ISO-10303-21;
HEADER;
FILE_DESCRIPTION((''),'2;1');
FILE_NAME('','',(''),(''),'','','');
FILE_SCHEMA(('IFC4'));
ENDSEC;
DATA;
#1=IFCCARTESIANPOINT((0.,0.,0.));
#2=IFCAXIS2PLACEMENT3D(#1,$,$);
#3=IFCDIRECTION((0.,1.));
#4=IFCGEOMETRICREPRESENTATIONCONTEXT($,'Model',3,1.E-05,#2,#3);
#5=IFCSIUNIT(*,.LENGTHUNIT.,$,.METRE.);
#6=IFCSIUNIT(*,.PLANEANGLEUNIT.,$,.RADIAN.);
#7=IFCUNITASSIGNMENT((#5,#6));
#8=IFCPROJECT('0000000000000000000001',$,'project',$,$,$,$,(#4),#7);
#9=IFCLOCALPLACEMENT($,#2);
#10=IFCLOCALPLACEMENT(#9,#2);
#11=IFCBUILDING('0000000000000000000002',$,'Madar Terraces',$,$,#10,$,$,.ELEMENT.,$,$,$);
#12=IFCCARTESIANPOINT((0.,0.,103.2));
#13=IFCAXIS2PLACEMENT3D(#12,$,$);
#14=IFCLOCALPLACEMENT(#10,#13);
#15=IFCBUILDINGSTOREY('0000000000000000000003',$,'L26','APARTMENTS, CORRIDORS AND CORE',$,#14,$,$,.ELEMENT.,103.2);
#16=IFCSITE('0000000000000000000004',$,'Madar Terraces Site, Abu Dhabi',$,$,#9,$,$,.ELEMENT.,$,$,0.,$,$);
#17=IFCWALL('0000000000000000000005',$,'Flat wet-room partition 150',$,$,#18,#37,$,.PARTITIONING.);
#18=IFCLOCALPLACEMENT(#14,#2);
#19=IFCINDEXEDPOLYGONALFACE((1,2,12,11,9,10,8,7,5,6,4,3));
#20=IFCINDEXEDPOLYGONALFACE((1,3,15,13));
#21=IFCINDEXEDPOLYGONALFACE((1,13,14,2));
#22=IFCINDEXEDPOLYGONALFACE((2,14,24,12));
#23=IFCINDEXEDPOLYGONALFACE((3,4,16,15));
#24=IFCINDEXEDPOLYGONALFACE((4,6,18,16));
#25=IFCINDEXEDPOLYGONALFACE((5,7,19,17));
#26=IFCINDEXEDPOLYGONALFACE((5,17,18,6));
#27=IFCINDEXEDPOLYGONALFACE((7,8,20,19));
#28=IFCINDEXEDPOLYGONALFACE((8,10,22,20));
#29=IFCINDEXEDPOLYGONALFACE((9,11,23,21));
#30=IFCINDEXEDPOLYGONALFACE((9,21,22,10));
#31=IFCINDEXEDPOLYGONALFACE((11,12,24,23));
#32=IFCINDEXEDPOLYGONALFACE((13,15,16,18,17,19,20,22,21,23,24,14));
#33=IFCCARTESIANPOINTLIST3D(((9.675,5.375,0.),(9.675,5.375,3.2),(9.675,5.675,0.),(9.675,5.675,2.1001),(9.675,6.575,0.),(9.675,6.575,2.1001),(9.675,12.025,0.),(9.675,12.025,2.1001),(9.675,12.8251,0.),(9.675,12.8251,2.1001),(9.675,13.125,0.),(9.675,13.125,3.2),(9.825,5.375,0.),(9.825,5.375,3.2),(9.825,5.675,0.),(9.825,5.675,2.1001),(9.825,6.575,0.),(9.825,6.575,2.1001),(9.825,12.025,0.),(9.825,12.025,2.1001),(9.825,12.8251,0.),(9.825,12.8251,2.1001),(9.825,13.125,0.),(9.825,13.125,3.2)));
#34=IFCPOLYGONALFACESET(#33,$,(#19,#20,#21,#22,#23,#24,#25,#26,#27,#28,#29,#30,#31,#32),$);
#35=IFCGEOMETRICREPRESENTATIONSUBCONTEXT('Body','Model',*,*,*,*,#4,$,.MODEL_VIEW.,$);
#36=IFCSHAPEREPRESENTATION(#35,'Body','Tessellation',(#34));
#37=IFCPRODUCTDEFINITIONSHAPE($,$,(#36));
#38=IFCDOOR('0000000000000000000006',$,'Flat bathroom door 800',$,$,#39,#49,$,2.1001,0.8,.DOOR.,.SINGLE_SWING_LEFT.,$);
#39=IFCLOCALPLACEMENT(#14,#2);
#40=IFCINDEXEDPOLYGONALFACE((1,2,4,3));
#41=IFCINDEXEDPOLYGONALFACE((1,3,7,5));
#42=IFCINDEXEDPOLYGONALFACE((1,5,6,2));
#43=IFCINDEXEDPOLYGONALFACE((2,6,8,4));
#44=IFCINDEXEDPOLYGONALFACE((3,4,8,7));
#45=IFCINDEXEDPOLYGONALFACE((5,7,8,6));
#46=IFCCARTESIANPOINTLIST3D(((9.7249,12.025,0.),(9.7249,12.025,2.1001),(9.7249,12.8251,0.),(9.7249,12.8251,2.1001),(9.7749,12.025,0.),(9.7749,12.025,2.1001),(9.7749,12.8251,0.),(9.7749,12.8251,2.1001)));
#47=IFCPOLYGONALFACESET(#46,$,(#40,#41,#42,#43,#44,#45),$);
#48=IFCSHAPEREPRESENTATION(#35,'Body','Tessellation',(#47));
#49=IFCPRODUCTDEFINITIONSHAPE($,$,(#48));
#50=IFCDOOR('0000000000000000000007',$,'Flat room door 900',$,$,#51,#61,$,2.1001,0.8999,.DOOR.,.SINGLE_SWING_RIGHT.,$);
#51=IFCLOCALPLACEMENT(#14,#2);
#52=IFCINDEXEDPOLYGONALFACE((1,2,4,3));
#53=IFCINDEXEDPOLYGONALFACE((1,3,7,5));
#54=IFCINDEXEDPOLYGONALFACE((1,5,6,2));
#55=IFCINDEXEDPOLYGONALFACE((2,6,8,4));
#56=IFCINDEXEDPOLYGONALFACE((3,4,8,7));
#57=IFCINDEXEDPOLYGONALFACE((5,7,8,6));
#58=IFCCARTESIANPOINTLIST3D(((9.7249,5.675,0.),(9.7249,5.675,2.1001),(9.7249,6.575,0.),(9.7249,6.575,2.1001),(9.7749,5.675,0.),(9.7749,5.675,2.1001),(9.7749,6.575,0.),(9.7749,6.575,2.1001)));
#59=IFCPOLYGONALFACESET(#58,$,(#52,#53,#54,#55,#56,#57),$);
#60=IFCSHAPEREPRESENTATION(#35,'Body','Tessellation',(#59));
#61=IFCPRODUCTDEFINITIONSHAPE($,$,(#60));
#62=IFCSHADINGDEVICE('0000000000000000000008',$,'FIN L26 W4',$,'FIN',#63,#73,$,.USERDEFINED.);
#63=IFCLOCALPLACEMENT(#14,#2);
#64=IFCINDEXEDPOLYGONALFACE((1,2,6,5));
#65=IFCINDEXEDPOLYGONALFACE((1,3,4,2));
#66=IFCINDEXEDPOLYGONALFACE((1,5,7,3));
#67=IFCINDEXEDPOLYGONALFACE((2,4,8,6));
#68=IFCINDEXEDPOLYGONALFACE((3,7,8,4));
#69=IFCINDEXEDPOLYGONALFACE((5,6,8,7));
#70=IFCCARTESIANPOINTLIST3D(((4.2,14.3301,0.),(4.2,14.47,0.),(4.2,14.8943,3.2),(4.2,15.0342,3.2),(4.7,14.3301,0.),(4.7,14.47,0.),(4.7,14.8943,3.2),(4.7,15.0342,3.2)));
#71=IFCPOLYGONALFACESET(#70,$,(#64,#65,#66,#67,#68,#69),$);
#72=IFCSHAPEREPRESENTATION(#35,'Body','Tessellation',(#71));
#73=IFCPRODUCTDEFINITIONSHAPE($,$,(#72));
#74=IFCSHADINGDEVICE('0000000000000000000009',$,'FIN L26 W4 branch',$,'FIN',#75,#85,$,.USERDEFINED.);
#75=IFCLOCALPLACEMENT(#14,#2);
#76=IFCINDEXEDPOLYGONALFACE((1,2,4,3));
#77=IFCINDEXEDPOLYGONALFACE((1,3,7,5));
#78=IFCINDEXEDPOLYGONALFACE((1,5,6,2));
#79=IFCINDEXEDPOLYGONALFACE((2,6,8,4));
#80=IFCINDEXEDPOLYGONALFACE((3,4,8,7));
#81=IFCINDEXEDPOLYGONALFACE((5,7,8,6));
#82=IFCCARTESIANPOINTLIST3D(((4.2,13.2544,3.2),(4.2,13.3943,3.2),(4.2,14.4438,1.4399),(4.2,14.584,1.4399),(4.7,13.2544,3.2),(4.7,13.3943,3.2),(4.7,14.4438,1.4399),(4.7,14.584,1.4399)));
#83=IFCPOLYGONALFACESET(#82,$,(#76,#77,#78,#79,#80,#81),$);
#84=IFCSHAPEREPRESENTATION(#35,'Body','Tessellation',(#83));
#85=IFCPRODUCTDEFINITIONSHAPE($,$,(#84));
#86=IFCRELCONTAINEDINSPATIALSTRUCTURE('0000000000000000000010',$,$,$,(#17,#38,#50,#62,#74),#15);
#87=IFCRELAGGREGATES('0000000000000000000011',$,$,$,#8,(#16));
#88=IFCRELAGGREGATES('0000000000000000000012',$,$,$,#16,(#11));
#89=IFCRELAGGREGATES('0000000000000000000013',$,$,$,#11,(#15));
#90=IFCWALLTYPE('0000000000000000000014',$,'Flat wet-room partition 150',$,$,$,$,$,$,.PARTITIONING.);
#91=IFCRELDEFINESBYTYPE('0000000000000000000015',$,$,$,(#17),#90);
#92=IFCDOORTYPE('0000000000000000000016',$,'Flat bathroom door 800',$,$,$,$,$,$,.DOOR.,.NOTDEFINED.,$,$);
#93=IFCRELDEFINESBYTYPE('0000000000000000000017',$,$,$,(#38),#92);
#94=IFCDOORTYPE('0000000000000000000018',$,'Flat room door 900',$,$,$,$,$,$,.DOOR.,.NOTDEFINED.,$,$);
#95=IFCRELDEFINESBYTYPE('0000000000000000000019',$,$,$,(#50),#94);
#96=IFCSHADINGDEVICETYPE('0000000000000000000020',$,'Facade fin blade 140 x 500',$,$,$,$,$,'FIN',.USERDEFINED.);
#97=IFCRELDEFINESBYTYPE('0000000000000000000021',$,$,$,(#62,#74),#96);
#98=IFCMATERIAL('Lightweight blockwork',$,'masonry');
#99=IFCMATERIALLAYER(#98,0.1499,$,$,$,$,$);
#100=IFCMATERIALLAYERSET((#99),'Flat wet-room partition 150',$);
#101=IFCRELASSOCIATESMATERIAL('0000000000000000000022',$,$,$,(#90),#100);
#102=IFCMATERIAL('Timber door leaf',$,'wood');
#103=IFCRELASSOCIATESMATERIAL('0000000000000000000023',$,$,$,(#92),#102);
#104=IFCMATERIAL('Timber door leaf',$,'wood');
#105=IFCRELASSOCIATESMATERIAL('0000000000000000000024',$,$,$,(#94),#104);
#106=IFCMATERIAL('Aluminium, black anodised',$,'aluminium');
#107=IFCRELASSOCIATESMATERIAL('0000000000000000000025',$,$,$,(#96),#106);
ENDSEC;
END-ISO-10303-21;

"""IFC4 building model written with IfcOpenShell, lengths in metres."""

from ifc_helpers import new_model, si_unit, direction, frame, frame_2d, origin, place, context, subcontext, project, spatial, polyline, rectangle, outline, extrude, material, layer, layer_set, type_object, element, fill, save


model = new_model("IFC4")

# Units and contexts
model_context = context("Model", 3, precision=1e-05, world=origin(), true_north=direction((0.0, 1.0)))
body_context = subcontext(model_context, "Body", "Model", "MODEL_VIEW")
ifc_project = project(units=[si_unit("LENGTHUNIT", "METRE"), si_unit("PLANEANGLEUNIT", "RADIAN")], contexts=[model_context])

# Site, building, storey
site_placement = place(None, origin())
site = spatial("IfcSite", under=ifc_project, at=site_placement, Name="Madar Terraces Site, Abu Dhabi", CompositionType="ELEMENT", RefElevation=0.0)
building_placement = place(site_placement, origin())
building = spatial("IfcBuilding", under=site, at=building_placement, Name="Madar Terraces", CompositionType="ELEMENT")
storey_placement = place(building_placement, frame((0.0, 0.0, 103.2)))
storey = spatial("IfcBuildingStorey", under=building, at=storey_placement, Name="L26", Description="APARTMENTS, CORRIDORS AND CORE", CompositionType="ELEMENT", Elevation=103.2)

# Shared definitions
ifc_material_1 = material(Name="Lightweight blockwork", Category="masonry")
ifc_layer_1 = layer(ifc_material_1, 0.1499)
ifc_layer_set_1 = layer_set([ifc_layer_1], Name="Flat wet-room partition 150")
wall_type_1 = type_object("IfcWallType", Name="Flat wet-room partition 150", PredefinedType="PARTITIONING", material=ifc_layer_set_1)

# Shared definitions
ifc_material_2 = material(Name="Timber door leaf", Category="wood")
door_type_1 = type_object("IfcDoorType", Name="Flat bathroom door 800", OperationType="NOTDEFINED", PredefinedType="DOOR", material=ifc_material_2)
ifc_material_3 = material(Name="Timber door leaf", Category="wood")
door_type_2 = type_object("IfcDoorType", Name="Flat room door 900", OperationType="NOTDEFINED", PredefinedType="DOOR", material=ifc_material_3)

# Wall, openings, doors
wall_1_placement = place(storey_placement, frame((9.75, 13.125, 0.0), z_axis=(0.0, 0.0, 1.0), x_axis=(0.0, -1.0, 0.0)))
wall_1 = element("IfcWall", 1, at=wall_1_placement, inside=storey, type_object=wall_type_1, Name="Flat wet-room partition 150", PredefinedType="PARTITIONING", context=body_context, shape_type="SweptSolid", body=[
    extrude(rectangle(XDim=7.75, YDim=0.1499, at=frame_2d((3.875, 0.0))), origin(), (0.0, 0.0, 1.0), 3.2),
])
opening_1_placement = place(wall_1_placement, frame((0.3, 0.0, 0.0)))
opening_1 = element("IfcOpeningElement", 2, at=opening_1_placement, cuts=wall_1, PredefinedType="OPENING", context=body_context, shape_type="SweptSolid", body=[
    extrude(rectangle(XDim=0.8, YDim=2.1001, at=frame_2d((0.3999, 1.05))), frame((0.0, 0.085, 0.0), z_axis=(0.0, -1.0, 0.0), x_axis=(1.0, 0.0, 0.0)), (0.0, 0.0, 1.0), 0.1699),
])
opening_2_placement = place(wall_1_placement, frame((6.55, 0.0, 0.0)))
opening_2 = element("IfcOpeningElement", 3, at=opening_2_placement, cuts=wall_1, PredefinedType="OPENING", context=body_context, shape_type="SweptSolid", body=[
    extrude(rectangle(XDim=0.8999, YDim=2.1001, at=frame_2d((0.45, 1.05))), frame((0.0, 0.085, 0.0), z_axis=(0.0, -1.0, 0.0), x_axis=(1.0, 0.0, 0.0)), (0.0, 0.0, 1.0), 0.1699),
])
door_1_placement = place(opening_1_placement, origin())
door_1 = element("IfcDoor", 4, at=door_1_placement, inside=storey, type_object=door_type_1, Name="Flat bathroom door 800", OperationType="SINGLE_SWING_LEFT", OverallHeight=2.1001, OverallWidth=0.8, PredefinedType="DOOR", context=body_context, shape_type="SweptSolid", body=[
    extrude(rectangle(XDim=0.8, YDim=2.1001, at=frame_2d((0.3999, 1.05))), frame((0.0, 0.0249, 0.0), z_axis=(0.0, -1.0, 0.0), x_axis=(1.0, 0.0, 0.0)), (0.0, 0.0, 1.0), 0.05),
])
fill(opening_1, door_1)
door_2_placement = place(opening_2_placement, origin())
door_2 = element("IfcDoor", 5, at=door_2_placement, inside=storey, type_object=door_type_2, Name="Flat room door 900", OperationType="SINGLE_SWING_RIGHT", OverallHeight=2.1001, OverallWidth=0.8999, PredefinedType="DOOR", context=body_context, shape_type="SweptSolid", body=[
    extrude(rectangle(XDim=0.8999, YDim=2.1001, at=frame_2d((0.45, 1.05))), frame((0.0, 0.0249, 0.0), z_axis=(0.0, -1.0, 0.0), x_axis=(1.0, 0.0, 0.0)), (0.0, 0.0, 1.0), 0.05),
])
fill(opening_2, door_2)

# Shading devices
ifc_material_4 = material(Name="Aluminium, black anodised", Category="aluminium")
shading_device_type = type_object("IfcShadingDeviceType", Name="Facade fin blade 140 x 500", ElementType="FIN", PredefinedType="USERDEFINED", material=ifc_material_4)
shading_device_1_placement = place(storey_placement, frame((4.45, 14.47, 0.0), z_axis=(0.0, 0.0, 1.0), x_axis=(0.0, -1.0, 0.0)))
element("IfcShadingDevice", 6, at=shading_device_1_placement, inside=storey, type_object=shading_device_type, Name="FIN L26 W4", ObjectType="FIN", PredefinedType="USERDEFINED", context=body_context, shape_type="SweptSolid", body=[
    extrude(outline(polyline([(0.0, 0.0), (0.1399, 0.0), (-0.4243, 3.2), (-0.5642, 3.2), (0.0, 0.0)])), frame((0.0, 0.25, 0.0), z_axis=(0.0, -1.0, 0.0), x_axis=(1.0, 0.0, 0.0)), (0.0, 0.0, 1.0), 0.5),
])
shading_device_2_placement = place(storey_placement, frame((4.45, 14.584, 1.4399), z_axis=(0.0, 0.0, 1.0), x_axis=(0.0, -1.0, 0.0)))
element("IfcShadingDevice", 7, at=shading_device_2_placement, inside=storey, type_object=shading_device_type, Name="FIN L26 W4 branch", ObjectType="FIN", PredefinedType="USERDEFINED", context=body_context, shape_type="SweptSolid", body=[
    extrude(outline(polyline([(0.0, 0.0), (0.1401, 0.0), (1.3296, 1.76), (1.1897, 1.76), (0.0, 0.0)])), frame((0.0, 0.25, 0.0), z_axis=(0.0, -1.0, 0.0), x_axis=(1.0, 0.0, 0.0)), (0.0, 0.0, 1.0), 0.5),
])

save(model, "model.ifc")
